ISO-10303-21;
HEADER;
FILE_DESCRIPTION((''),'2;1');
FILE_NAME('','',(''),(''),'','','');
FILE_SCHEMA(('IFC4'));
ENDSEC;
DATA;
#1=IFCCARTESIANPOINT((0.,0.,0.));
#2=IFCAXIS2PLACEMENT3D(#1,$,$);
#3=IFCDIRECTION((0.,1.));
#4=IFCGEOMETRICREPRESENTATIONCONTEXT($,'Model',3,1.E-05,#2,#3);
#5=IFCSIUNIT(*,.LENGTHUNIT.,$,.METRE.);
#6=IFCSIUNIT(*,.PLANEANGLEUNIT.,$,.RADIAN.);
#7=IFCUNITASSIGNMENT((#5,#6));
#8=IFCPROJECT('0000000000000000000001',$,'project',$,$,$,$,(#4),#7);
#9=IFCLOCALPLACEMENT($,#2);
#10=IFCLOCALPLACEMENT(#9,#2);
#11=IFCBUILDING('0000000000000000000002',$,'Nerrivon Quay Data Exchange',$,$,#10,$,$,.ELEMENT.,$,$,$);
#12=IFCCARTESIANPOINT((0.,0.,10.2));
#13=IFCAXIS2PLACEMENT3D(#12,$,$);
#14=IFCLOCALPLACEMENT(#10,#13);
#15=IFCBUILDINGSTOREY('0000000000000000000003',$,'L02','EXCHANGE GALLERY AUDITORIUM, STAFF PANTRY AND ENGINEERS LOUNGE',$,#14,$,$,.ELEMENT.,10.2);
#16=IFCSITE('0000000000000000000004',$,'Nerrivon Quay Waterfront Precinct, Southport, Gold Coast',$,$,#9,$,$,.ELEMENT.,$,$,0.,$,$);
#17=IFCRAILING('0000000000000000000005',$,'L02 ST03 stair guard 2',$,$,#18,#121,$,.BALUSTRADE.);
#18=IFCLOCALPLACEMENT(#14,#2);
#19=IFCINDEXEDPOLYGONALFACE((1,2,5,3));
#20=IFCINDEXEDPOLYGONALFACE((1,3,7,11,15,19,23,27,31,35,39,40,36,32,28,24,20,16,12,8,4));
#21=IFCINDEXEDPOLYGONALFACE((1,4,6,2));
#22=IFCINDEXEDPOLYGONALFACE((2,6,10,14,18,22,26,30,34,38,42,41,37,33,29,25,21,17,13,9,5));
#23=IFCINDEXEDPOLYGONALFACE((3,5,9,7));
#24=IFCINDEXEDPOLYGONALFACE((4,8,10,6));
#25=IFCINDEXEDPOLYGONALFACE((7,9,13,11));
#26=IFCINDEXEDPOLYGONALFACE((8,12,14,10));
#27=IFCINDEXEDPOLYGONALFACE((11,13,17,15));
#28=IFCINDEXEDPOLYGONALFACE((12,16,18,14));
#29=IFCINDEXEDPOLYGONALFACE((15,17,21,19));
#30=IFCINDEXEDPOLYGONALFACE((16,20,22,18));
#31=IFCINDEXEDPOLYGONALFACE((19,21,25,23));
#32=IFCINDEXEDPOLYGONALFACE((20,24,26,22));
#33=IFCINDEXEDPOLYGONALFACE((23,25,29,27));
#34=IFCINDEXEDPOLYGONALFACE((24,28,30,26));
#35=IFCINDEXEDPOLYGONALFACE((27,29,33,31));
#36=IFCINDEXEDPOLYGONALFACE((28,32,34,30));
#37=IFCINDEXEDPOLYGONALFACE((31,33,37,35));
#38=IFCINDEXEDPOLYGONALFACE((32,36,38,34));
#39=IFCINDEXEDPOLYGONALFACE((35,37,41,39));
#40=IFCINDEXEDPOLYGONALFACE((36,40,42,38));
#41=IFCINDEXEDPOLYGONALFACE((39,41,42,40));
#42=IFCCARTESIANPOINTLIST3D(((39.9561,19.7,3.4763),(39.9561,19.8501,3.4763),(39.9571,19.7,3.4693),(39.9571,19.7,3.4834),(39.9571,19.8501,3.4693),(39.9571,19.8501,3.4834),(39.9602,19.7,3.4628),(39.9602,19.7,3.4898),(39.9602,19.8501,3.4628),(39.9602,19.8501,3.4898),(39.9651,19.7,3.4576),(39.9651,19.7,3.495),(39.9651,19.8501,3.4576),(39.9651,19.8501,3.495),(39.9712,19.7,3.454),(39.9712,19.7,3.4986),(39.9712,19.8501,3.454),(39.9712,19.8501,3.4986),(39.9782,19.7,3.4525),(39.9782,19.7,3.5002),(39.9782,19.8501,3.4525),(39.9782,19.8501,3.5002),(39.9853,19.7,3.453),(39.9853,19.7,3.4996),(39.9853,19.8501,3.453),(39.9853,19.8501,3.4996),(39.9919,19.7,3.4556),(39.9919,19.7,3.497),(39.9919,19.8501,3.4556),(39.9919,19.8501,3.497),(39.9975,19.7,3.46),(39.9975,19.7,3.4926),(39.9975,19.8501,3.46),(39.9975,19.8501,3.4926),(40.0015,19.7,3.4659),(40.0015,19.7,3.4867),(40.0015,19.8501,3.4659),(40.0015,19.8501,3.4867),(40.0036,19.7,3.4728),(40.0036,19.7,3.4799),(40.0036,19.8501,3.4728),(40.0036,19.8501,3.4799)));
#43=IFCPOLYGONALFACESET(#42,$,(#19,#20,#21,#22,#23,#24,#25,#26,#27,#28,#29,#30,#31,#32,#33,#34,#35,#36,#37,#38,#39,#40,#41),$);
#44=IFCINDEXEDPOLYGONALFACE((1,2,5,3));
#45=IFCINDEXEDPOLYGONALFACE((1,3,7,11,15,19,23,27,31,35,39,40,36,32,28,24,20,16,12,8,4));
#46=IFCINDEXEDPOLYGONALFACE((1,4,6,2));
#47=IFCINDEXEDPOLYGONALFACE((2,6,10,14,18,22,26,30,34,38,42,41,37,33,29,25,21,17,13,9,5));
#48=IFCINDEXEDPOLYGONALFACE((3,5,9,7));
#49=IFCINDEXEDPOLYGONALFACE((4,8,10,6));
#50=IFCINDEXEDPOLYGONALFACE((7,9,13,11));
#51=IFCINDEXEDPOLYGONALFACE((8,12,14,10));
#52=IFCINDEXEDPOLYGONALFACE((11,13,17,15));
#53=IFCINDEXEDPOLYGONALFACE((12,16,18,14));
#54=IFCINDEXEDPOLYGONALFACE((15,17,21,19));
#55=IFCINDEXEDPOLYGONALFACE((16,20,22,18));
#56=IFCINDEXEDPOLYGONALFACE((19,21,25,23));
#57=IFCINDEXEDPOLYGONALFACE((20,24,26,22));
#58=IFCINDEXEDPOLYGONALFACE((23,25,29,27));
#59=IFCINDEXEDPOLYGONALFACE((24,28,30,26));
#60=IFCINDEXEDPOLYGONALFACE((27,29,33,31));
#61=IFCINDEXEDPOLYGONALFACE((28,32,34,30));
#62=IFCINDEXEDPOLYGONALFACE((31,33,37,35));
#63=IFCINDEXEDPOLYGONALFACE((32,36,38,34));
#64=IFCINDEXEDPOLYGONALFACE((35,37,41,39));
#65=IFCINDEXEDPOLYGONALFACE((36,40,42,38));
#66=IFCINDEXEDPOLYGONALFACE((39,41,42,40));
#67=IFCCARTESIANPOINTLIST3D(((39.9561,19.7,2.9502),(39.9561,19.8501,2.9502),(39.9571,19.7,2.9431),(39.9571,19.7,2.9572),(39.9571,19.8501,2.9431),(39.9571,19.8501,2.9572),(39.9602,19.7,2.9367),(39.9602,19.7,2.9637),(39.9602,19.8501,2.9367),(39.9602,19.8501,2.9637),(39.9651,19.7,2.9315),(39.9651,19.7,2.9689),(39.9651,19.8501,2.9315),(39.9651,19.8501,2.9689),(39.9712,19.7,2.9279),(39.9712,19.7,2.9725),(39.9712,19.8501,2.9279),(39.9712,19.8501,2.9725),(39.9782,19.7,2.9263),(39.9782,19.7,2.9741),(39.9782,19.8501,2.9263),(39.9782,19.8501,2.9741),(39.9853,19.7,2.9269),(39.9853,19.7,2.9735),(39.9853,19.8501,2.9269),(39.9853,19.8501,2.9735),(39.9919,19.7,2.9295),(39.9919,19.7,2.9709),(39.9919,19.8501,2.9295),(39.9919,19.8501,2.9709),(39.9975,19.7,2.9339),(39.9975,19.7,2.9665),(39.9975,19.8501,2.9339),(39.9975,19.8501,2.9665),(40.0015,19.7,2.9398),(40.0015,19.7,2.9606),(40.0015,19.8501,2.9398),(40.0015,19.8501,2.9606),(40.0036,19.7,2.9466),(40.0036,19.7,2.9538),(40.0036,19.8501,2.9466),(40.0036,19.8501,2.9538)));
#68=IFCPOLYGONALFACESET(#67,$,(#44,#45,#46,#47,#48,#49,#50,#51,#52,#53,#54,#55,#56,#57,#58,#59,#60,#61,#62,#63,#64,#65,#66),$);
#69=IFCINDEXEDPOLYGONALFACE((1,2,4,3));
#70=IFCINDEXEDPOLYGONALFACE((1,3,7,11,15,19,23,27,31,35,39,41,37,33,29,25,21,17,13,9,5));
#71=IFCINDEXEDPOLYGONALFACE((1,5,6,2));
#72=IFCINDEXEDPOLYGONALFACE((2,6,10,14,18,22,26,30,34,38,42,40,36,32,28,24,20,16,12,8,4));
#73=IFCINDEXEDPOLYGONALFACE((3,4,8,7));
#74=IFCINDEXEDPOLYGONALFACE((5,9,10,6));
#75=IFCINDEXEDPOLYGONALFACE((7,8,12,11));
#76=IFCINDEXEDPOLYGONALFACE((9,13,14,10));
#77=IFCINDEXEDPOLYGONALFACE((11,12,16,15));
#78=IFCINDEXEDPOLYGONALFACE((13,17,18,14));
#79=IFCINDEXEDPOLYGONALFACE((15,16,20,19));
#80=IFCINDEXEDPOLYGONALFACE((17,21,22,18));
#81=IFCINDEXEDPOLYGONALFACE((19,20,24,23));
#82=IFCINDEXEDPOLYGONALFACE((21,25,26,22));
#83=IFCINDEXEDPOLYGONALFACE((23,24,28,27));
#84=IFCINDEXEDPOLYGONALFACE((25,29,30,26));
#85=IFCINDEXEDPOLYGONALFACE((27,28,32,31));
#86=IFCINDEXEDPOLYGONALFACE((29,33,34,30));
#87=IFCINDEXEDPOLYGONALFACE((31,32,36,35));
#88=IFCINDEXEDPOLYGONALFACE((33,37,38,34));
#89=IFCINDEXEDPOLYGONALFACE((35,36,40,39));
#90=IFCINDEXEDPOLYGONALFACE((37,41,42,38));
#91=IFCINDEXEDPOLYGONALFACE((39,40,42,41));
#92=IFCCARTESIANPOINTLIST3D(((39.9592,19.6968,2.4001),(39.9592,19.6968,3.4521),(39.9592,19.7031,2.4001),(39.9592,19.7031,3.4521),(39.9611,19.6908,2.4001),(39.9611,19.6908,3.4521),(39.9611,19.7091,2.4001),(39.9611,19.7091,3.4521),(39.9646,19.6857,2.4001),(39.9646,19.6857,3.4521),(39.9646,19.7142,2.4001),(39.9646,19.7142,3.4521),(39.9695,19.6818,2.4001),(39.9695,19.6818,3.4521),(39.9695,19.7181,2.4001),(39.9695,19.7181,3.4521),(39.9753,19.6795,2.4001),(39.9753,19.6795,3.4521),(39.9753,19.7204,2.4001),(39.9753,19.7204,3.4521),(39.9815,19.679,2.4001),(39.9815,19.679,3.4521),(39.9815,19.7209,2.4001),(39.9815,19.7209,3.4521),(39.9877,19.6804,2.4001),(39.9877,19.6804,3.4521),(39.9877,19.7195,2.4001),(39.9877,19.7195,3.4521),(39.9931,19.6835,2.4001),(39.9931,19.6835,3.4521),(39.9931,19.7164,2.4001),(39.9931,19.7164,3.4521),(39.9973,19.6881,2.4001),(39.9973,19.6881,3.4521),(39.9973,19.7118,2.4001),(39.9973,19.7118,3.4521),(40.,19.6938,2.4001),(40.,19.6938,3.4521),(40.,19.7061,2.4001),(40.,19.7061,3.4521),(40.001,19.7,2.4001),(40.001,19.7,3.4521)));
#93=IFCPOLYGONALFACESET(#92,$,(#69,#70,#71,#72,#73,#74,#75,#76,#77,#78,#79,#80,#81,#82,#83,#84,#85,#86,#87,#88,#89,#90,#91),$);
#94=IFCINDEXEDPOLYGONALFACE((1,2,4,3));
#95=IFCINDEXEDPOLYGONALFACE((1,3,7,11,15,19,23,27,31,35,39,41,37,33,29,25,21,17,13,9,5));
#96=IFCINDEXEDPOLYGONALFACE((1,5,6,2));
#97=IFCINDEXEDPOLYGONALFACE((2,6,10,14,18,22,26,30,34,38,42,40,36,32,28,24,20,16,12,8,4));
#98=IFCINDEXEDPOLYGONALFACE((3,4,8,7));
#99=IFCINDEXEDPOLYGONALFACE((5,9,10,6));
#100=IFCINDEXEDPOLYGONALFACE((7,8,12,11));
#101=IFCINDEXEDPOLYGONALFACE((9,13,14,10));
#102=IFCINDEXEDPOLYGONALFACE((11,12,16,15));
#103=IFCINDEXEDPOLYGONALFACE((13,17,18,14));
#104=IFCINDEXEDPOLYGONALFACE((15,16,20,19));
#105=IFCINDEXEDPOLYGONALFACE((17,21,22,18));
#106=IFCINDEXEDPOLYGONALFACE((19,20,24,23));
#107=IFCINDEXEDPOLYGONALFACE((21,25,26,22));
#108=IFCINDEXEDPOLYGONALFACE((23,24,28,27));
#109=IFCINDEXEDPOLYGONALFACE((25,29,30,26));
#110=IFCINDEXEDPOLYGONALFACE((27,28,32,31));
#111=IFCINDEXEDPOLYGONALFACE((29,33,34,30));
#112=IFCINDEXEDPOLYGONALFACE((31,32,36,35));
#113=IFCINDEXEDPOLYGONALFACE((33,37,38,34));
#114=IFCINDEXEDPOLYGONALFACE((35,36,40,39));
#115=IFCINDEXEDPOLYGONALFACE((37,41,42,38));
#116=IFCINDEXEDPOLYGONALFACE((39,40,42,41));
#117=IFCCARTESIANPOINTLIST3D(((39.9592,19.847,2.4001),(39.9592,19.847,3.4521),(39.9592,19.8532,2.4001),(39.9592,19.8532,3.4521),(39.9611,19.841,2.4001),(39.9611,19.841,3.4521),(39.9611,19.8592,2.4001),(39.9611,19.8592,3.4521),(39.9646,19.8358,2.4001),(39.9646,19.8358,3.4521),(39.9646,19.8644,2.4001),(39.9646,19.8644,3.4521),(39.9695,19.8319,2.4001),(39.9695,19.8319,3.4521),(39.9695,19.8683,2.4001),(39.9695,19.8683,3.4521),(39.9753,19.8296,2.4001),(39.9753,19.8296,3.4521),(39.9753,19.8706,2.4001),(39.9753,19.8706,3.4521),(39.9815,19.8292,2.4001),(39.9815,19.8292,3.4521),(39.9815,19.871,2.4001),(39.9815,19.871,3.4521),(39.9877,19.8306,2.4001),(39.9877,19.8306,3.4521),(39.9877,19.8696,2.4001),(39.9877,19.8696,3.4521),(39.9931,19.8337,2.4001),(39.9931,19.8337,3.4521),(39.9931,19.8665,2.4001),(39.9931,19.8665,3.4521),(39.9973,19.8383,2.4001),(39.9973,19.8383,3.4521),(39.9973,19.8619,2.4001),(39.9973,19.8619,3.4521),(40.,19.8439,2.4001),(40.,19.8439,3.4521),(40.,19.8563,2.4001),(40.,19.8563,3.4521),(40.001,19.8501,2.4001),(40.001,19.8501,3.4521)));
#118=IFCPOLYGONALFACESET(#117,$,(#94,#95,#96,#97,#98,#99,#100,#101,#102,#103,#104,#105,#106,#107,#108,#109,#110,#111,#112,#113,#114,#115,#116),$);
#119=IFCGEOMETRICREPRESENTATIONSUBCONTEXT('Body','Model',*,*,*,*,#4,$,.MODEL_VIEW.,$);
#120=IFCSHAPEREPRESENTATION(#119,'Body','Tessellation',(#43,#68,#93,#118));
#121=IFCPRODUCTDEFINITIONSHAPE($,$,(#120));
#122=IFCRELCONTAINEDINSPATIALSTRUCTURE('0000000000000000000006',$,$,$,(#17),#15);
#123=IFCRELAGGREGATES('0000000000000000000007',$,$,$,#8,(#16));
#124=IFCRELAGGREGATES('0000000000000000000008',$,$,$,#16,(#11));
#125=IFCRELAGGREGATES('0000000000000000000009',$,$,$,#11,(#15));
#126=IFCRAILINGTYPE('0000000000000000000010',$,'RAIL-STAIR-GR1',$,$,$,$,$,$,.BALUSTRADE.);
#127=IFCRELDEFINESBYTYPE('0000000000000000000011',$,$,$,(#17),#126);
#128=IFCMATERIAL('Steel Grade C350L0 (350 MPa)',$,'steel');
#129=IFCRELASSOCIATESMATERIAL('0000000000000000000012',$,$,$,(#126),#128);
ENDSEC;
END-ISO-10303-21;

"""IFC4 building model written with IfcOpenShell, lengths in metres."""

from ifc_helpers import new_model, si_unit, direction, frame, origin, origin_2d, place, context, subcontext, project, spatial, circle, extrude, material, type_object, element, save


model = new_model("IFC4")

# Units and contexts
model_context = context("Model", 3, precision=1e-05, world=origin(), true_north=direction((0.0, 1.0)))
body_context = subcontext(model_context, "Body", "Model", "MODEL_VIEW")
ifc_project = project(units=[si_unit("LENGTHUNIT", "METRE"), si_unit("PLANEANGLEUNIT", "RADIAN")], contexts=[model_context])

# Site, building, storey
site_placement = place(None, origin())
site = spatial("IfcSite", under=ifc_project, at=site_placement, Name="Nerrivon Quay Waterfront Precinct, Southport, Gold Coast", CompositionType="ELEMENT", RefElevation=0.0)
building_placement = place(site_placement, origin())
building = spatial("IfcBuilding", under=site, at=building_placement, Name="Nerrivon Quay Data Exchange", CompositionType="ELEMENT")
storey_placement = place(building_placement, frame((0.0, 0.0, 10.2)))
storey = spatial("IfcBuildingStorey", under=building, at=storey_placement, Name="L02", Description="EXCHANGE GALLERY AUDITORIUM, STAFF PANTRY AND ENGINEERS LOUNGE", CompositionType="ELEMENT", Elevation=10.2)

# Railing
ifc_material_1 = material(Name="Steel Grade C350L0 (350 MPa)", Category="steel")
railing_type_1 = type_object("IfcRailingType", Name="RAIL-STAIR-GR1", PredefinedType="BALUSTRADE", material=ifc_material_1)
railing_1_placement = place(storey_placement, frame((39.98, 19.7, 2.4001)))
element("IfcRailing", 1, at=railing_1_placement, inside=storey, type_object=railing_type_1, Name="L02 ST03 stair guard 2", PredefinedType="BALUSTRADE", context=body_context, shape_type="SweptSolid", body=[
    extrude(circle(Radius=0.0239, at=origin_2d()), frame((0.0, 0.0, 1.0762), z_axis=(0.0, 1.0, 0.0), x_axis=(-1.0, 0.0, 0.0)), (0.0, 0.0, 1.0), 0.1501),
    extrude(circle(Radius=0.0239, at=origin_2d()), frame((0.0, 0.0, 0.55), z_axis=(0.0, 1.0, 0.0), x_axis=(-1.0, 0.0, 0.0)), (0.0, 0.0, 1.0), 0.1501),
    extrude(circle(Radius=0.021, at=origin_2d()), origin(), (0.0, 0.0, 1.0), 1.052),
    extrude(circle(Radius=0.021, at=origin_2d()), frame((0.0, 0.1501, 0.0)), (0.0, 0.0, 1.0), 1.052),
])

save(model, "model.ifc")
